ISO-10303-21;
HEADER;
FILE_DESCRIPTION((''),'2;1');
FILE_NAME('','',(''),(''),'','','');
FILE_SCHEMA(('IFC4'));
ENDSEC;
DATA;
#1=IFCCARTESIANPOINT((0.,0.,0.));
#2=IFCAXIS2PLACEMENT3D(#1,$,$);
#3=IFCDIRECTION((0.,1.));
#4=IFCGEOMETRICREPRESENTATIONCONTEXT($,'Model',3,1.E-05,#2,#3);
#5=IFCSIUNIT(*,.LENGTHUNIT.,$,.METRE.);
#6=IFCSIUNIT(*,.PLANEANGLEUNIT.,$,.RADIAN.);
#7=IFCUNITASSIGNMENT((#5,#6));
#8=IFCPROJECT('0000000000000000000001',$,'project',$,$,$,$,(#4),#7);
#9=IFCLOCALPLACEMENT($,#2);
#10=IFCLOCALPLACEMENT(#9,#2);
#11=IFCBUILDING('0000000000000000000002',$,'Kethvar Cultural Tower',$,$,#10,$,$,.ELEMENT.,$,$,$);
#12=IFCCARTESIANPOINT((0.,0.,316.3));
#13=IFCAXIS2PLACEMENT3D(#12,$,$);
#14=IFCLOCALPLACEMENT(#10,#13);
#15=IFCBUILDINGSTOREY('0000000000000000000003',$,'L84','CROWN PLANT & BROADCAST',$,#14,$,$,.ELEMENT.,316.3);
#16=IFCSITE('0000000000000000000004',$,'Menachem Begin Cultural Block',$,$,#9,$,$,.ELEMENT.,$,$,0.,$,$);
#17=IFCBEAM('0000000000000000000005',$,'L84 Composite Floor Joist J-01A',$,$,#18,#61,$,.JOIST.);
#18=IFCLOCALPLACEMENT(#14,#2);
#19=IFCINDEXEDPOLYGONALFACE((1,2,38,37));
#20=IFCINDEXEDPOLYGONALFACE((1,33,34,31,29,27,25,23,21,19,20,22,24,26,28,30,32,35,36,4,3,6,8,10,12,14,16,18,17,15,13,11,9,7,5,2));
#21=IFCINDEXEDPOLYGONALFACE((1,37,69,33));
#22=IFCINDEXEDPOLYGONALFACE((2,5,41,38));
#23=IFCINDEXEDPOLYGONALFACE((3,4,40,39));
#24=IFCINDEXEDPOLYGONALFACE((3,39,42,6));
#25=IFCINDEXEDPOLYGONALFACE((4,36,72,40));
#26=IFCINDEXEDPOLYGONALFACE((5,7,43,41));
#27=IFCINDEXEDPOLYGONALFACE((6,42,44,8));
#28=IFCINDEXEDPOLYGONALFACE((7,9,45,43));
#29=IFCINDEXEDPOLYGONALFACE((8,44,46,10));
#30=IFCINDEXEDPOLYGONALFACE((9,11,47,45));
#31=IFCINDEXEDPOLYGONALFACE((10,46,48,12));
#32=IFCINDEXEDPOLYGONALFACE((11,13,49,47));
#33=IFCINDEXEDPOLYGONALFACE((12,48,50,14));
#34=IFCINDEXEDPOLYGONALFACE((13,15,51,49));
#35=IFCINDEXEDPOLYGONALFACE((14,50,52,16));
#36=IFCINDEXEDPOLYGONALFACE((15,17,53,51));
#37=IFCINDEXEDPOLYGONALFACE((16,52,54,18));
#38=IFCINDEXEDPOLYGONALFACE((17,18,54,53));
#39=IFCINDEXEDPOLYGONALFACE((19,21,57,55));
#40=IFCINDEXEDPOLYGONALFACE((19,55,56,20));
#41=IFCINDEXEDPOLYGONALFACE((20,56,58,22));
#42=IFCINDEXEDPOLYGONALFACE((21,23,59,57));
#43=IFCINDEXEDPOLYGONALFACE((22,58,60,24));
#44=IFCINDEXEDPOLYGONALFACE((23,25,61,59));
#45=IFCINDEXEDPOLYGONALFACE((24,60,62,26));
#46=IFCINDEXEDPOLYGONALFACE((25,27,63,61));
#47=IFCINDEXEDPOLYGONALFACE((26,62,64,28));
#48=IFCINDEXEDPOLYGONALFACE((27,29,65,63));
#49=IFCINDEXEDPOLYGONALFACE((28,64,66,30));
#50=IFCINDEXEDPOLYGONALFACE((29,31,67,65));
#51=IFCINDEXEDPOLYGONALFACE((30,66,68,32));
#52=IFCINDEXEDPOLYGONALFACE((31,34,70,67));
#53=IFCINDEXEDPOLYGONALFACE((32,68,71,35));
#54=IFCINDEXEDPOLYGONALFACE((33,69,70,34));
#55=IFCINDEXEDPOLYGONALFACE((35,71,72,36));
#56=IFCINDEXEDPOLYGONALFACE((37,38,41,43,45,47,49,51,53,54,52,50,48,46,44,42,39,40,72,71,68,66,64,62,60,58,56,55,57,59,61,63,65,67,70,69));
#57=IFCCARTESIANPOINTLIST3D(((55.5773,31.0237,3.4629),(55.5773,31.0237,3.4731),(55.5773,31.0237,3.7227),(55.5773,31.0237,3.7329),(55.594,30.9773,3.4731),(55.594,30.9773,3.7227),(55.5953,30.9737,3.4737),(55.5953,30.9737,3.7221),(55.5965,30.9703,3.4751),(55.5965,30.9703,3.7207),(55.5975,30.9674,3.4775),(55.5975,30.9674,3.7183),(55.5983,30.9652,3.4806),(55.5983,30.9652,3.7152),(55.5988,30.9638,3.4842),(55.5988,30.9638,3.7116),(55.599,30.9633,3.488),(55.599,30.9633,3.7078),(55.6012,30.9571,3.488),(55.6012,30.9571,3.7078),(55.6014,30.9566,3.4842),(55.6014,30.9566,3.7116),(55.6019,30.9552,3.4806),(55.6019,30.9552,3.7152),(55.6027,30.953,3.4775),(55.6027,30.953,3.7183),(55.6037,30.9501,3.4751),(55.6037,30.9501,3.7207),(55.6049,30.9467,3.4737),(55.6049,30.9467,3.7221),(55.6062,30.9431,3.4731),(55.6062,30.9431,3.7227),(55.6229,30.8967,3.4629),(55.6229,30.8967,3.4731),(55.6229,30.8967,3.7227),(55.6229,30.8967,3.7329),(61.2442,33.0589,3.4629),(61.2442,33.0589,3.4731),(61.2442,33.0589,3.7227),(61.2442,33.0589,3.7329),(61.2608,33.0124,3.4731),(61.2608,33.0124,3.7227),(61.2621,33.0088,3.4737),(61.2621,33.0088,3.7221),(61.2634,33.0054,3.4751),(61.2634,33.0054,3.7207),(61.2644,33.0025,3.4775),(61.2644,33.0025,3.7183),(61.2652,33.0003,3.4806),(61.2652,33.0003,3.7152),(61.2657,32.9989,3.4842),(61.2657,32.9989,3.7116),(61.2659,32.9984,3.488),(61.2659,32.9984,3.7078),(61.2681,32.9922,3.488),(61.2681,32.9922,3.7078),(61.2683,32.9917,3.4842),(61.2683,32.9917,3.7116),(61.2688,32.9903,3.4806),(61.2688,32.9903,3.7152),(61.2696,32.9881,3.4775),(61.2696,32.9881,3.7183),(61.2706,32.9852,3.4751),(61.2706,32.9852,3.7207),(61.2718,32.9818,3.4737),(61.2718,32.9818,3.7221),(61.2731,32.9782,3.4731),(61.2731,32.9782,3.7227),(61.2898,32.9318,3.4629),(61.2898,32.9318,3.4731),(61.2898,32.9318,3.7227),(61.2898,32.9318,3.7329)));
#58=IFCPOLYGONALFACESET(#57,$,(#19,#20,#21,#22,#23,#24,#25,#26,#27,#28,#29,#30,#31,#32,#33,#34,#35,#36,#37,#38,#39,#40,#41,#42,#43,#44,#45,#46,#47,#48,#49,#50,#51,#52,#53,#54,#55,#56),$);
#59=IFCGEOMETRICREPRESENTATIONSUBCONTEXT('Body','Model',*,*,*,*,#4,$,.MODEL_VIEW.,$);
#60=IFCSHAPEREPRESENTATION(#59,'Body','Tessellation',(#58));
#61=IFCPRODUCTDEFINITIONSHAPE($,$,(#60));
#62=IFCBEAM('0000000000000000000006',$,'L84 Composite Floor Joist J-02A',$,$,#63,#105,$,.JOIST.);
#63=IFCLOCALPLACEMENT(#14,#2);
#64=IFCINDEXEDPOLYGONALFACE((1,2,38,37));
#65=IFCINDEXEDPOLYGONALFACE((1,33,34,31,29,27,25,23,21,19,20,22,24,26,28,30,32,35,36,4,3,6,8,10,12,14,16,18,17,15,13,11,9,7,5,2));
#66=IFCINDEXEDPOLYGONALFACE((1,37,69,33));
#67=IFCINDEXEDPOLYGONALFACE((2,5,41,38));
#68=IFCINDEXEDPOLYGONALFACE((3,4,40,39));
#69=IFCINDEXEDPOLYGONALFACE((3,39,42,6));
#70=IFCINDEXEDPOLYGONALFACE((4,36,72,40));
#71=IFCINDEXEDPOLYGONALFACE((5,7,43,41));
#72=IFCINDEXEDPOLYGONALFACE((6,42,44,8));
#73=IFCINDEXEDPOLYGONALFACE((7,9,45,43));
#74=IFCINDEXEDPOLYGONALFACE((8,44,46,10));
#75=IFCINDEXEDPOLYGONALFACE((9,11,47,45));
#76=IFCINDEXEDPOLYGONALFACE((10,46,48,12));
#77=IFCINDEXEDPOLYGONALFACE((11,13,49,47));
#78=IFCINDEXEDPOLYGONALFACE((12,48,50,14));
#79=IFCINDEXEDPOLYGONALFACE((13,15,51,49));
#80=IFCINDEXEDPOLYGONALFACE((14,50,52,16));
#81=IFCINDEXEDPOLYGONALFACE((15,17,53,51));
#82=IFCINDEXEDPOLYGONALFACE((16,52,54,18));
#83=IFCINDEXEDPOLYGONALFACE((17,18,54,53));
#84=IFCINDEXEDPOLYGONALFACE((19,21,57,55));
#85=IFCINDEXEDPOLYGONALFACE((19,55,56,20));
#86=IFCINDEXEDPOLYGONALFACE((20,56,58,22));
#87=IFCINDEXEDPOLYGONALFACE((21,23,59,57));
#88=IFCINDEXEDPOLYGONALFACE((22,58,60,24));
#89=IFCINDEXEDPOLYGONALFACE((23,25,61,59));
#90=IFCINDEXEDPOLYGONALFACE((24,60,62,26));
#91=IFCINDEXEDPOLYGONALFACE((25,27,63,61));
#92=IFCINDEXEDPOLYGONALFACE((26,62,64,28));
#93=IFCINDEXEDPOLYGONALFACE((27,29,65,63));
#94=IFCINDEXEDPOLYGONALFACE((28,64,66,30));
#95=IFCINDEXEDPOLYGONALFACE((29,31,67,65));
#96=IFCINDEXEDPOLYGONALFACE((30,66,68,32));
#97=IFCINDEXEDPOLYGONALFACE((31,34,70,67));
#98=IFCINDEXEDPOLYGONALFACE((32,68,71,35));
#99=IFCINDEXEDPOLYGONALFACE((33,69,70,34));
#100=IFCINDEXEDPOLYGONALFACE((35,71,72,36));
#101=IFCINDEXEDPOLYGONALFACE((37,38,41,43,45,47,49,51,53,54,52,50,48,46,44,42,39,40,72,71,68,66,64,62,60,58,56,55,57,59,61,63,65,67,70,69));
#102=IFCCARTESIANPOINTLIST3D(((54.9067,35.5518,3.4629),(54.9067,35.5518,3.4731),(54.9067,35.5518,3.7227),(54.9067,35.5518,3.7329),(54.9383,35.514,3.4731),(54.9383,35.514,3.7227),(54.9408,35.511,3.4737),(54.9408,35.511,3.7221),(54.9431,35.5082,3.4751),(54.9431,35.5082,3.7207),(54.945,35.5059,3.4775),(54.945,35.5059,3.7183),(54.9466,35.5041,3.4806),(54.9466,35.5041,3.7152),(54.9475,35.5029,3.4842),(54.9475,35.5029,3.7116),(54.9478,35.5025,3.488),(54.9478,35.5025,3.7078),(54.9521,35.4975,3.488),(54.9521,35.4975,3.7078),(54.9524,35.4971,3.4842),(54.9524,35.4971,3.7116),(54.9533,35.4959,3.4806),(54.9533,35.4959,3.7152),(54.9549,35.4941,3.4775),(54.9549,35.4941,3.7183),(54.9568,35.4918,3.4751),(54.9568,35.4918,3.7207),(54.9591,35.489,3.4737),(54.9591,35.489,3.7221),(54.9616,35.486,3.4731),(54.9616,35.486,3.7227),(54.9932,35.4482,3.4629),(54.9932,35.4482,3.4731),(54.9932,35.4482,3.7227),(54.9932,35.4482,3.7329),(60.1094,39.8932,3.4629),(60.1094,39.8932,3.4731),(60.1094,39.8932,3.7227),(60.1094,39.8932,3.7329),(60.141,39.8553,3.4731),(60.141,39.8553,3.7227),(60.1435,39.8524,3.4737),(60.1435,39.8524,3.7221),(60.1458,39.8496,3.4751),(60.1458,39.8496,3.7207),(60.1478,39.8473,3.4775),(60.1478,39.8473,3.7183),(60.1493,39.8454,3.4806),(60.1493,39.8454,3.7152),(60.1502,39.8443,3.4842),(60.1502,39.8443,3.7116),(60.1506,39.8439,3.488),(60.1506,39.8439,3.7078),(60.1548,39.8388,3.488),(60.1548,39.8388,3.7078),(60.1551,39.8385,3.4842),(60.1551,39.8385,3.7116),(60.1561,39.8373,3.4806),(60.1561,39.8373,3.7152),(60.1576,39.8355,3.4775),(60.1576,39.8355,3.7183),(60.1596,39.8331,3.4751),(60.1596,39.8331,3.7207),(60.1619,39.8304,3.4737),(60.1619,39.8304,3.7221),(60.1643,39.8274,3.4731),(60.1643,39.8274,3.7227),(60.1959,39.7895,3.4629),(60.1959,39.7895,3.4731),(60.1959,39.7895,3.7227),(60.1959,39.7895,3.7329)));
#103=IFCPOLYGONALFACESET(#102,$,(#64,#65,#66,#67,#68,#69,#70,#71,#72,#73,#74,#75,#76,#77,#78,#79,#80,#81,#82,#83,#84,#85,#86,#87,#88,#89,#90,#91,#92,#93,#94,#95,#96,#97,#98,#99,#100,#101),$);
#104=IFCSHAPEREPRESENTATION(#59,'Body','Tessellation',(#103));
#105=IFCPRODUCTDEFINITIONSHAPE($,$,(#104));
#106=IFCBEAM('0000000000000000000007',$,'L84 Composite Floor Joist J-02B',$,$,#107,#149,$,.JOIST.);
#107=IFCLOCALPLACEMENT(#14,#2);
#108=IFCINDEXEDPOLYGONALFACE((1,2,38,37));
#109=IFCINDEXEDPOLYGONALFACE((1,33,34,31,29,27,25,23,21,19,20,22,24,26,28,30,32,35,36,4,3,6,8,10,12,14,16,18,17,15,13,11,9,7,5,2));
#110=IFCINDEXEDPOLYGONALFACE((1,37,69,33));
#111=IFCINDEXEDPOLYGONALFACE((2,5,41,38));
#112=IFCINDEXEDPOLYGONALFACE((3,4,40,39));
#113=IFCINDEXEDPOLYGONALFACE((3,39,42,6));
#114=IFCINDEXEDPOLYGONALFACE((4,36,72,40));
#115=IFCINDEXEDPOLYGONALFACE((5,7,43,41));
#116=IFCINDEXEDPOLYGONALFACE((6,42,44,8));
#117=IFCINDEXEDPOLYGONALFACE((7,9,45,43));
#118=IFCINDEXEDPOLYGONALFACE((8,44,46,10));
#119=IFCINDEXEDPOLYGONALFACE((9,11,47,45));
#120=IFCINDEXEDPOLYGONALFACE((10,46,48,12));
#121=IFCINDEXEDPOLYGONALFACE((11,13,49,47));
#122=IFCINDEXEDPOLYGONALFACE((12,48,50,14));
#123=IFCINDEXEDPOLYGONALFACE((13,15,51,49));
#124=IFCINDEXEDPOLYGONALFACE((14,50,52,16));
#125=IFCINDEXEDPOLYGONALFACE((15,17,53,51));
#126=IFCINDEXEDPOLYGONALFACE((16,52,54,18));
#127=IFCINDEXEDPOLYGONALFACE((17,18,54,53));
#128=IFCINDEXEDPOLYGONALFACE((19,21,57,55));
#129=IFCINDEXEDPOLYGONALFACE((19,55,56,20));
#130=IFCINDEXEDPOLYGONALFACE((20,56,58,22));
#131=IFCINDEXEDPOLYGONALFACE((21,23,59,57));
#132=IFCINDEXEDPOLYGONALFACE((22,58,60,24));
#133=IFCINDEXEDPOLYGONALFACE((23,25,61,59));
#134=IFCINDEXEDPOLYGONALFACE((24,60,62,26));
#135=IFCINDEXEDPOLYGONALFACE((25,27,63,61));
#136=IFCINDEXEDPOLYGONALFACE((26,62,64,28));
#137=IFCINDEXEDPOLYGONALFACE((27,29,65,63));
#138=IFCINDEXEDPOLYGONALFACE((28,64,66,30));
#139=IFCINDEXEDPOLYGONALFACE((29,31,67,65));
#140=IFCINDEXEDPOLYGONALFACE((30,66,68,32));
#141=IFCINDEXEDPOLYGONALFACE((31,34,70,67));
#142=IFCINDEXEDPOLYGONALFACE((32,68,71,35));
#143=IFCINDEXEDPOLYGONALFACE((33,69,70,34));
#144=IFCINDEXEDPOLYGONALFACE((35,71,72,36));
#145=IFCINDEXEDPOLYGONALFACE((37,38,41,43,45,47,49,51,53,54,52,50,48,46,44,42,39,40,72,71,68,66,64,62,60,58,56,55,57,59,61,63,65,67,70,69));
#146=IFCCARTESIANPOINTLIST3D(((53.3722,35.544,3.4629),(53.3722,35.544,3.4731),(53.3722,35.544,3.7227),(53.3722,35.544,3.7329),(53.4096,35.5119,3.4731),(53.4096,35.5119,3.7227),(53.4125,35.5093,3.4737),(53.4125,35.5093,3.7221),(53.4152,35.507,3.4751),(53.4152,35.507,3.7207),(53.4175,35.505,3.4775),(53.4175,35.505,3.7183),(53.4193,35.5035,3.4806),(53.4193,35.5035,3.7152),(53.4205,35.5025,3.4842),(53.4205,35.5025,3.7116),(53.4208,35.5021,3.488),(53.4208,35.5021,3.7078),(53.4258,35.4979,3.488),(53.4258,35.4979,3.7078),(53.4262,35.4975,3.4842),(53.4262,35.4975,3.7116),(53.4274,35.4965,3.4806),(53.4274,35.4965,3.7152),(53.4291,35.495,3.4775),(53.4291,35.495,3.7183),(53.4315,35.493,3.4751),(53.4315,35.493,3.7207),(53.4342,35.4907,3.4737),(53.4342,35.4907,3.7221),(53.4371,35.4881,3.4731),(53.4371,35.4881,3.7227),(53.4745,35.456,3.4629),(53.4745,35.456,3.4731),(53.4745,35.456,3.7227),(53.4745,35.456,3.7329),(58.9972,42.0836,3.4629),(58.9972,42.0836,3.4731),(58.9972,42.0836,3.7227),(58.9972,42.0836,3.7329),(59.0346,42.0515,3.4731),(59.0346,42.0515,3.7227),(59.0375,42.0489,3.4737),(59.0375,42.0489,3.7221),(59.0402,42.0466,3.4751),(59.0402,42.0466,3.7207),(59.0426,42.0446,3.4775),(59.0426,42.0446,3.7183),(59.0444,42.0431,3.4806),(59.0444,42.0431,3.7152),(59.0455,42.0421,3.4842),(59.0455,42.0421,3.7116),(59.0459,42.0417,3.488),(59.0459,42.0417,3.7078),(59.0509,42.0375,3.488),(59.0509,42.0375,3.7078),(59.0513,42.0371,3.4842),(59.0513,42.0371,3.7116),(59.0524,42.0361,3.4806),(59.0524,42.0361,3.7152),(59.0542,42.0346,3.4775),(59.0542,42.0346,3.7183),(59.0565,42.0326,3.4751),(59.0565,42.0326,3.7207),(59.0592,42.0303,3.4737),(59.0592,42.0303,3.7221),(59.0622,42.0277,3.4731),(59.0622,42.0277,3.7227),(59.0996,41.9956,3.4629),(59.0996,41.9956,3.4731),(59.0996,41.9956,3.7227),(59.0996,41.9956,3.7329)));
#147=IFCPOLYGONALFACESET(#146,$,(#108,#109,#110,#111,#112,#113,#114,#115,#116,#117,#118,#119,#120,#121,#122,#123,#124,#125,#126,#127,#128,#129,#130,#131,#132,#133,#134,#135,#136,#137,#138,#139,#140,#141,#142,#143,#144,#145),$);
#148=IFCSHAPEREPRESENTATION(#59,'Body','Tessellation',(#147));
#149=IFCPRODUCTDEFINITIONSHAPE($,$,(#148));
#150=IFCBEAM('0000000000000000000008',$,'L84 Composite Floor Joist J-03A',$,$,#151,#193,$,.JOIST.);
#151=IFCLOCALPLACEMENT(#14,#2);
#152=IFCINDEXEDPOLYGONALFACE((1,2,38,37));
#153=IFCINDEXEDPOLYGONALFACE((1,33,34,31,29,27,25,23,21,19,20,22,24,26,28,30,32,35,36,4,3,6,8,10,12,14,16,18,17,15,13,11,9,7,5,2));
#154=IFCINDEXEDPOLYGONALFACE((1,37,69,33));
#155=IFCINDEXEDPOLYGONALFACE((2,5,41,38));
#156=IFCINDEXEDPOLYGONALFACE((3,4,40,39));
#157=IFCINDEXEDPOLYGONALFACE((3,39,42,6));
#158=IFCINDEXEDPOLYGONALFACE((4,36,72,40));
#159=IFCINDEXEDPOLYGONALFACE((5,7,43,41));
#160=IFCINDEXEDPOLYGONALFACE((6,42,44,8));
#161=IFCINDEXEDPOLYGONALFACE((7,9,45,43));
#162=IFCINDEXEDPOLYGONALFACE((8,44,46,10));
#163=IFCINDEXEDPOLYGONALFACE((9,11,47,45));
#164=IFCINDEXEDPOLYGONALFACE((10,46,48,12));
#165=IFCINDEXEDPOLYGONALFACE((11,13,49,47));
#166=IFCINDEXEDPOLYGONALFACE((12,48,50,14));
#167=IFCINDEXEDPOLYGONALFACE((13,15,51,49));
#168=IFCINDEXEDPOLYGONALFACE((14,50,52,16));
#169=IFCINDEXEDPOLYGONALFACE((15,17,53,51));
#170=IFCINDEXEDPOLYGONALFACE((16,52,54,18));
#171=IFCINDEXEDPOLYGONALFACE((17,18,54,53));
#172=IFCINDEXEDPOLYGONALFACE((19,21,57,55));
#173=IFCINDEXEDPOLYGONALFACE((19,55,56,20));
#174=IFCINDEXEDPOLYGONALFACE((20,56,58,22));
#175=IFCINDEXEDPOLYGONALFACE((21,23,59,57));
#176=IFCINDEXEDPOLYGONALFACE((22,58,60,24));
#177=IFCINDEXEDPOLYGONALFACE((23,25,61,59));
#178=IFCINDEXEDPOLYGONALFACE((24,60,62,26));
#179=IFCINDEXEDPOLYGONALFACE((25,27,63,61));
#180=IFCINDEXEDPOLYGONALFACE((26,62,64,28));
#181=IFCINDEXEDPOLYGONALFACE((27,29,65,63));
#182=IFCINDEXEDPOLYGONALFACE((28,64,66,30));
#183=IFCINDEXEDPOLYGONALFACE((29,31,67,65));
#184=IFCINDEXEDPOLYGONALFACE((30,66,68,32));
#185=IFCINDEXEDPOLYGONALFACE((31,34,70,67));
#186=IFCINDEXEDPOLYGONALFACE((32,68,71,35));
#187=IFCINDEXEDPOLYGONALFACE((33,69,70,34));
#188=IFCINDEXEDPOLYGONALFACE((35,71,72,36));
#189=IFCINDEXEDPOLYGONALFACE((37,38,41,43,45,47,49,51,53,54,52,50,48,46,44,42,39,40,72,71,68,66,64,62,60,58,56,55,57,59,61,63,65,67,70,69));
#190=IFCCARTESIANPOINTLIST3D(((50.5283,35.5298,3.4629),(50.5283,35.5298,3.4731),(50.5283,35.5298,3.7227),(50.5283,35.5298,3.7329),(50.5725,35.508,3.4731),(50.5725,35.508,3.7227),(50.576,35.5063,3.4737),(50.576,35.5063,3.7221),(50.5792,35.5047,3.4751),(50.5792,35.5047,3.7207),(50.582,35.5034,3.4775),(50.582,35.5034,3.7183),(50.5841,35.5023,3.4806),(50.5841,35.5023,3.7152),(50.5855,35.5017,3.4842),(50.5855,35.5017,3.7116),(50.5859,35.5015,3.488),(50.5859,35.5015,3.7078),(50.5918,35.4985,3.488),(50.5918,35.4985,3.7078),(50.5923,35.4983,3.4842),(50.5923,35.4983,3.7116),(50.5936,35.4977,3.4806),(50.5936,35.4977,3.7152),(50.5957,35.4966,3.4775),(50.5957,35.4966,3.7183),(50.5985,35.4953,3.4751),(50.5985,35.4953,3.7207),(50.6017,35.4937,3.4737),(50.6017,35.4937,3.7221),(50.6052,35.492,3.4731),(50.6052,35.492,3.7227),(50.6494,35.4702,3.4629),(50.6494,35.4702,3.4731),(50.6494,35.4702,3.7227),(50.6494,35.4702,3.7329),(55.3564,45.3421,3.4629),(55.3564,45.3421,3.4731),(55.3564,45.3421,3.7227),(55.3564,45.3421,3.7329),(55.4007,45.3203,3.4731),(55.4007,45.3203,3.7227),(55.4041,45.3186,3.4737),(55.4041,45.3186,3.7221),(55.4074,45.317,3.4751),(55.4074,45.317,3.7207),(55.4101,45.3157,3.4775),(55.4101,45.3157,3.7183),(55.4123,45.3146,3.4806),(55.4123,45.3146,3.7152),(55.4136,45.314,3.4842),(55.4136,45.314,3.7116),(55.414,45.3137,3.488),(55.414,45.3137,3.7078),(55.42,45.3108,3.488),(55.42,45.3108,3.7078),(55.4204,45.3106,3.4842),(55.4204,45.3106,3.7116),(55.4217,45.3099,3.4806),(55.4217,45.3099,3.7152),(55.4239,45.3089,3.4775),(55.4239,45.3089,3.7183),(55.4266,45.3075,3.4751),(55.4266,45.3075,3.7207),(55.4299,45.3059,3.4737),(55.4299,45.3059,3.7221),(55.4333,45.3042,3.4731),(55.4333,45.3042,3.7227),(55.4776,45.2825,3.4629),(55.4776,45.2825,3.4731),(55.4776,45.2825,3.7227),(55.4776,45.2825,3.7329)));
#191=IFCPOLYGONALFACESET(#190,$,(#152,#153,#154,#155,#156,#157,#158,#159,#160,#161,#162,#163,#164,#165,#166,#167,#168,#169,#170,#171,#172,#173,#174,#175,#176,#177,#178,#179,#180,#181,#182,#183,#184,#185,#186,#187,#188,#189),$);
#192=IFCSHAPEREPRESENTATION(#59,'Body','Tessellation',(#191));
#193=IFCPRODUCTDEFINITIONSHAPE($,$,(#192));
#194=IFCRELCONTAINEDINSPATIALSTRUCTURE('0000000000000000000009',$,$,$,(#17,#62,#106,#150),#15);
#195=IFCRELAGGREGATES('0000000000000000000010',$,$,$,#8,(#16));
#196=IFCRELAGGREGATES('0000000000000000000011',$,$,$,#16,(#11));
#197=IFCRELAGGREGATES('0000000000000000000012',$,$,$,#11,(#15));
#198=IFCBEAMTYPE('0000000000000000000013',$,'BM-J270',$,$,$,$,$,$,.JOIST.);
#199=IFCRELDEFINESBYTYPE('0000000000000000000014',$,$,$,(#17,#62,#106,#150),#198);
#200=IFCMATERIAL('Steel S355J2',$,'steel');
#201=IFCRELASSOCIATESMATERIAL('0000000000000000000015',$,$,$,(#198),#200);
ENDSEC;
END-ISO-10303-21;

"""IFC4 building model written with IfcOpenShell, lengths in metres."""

from ifc_helpers import new_model, si_unit, direction, frame, origin, origin_2d, place, context, subcontext, project, spatial, i_section, extrude, source, transform, mapped, material, material_profile, profile_set, type_object, element, save


model = new_model("IFC4")

# Units and contexts
model_context = context("Model", 3, precision=1e-05, world=origin(), true_north=direction((0.0, 1.0)))
body_context = subcontext(model_context, "Body", "Model", "MODEL_VIEW")
ifc_project = project(units=[si_unit("LENGTHUNIT", "METRE"), si_unit("PLANEANGLEUNIT", "RADIAN")], contexts=[model_context])

# Site, building, storey
site_placement = place(None, origin())
site = spatial("IfcSite", under=ifc_project, at=site_placement, Name="Menachem Begin Cultural Block", CompositionType="ELEMENT", RefElevation=0.0)
building_placement = place(site_placement, origin())
building = spatial("IfcBuilding", under=site, at=building_placement, Name="Kethvar Cultural Tower", CompositionType="ELEMENT")
storey_placement = place(building_placement, frame((0.0, 0.0, 316.3)))
storey = spatial("IfcBuildingStorey", under=building, at=storey_placement, Name="L84", Description="CROWN PLANT & BROADCAST", CompositionType="ELEMENT", Elevation=316.3)

# Beams
ifc_material_1 = material(Name="Steel S355J2", Category="steel")
ifc_material_profile_1 = material_profile(ifc_material_1, i_section(OverallWidth=0.135, OverallDepth=0.27, WebThickness=0.0066, FlangeThickness=0.0103, FilletRadius=0.0149, at=origin_2d()), Name="Steel S355J2 — IPE270")
ifc_profile_set_1 = profile_set([ifc_material_profile_1], Name="Steel S355J2 — IPE270")
beam_type_1 = type_object("IfcBeamType", Name="BM-J270", PredefinedType="JOIST", material=ifc_profile_set_1)
shared_shape_1 = source(origin(), body_context, "Body", "SweptSolid", [
    extrude(i_section(OverallWidth=0.135, OverallDepth=0.27, WebThickness=0.0066, FlangeThickness=0.0103, FilletRadius=0.0149, at=origin_2d()), origin(), (0.0, 0.0, 1.0), 6.0212),
])
beam_1_placement = place(storey_placement, frame((55.6001, 30.9602, 3.5979), z_axis=(0.94115, 0.33799, 0.0), x_axis=(-0.33799, 0.94115, 0.0)))
element("IfcBeam", 1, at=beam_1_placement, inside=storey, type_object=beam_type_1, Name="L84 Composite Floor Joist J-01A", PredefinedType="JOIST", context=body_context, shape_type="MappedRepresentation", body=[
    mapped(shared_shape_1, transform((0.0, 0.0, 0.0), scale=1.0)),
])
shared_shape_2 = source(origin(), body_context, "Body", "SweptSolid", [
    extrude(i_section(OverallWidth=0.135, OverallDepth=0.27, WebThickness=0.0066, FlangeThickness=0.0103, FilletRadius=0.0149, at=origin_2d()), origin(), (0.0, 0.0, 1.0), 6.7761),
])
beam_2_placement = place(storey_placement, frame((54.95, 35.5, 3.5979), z_axis=(0.767802, 0.640688, 0.0), x_axis=(-0.640688, 0.767802, 0.0)))
element("IfcBeam", 2, at=beam_2_placement, inside=storey, type_object=beam_type_1, Name="L84 Composite Floor Joist J-02A", PredefinedType="JOIST", context=body_context, shape_type="MappedRepresentation", body=[
    mapped(shared_shape_2, transform((0.0, 0.0, 0.0), scale=1.0)),
])
shared_shape_3 = source(origin(), body_context, "Body", "SweptSolid", [
    extrude(i_section(OverallWidth=0.135, OverallDepth=0.27, WebThickness=0.0066, FlangeThickness=0.0103, FilletRadius=0.0149, at=origin_2d()), origin(), (0.0, 0.0, 1.0), 8.626),
])
beam_3_placement = place(storey_placement, frame((53.4233, 35.5, 3.5979), z_axis=(0.652105, 0.758129, 0.0), x_axis=(-0.758129, 0.652105, 0.0)))
element("IfcBeam", 3, at=beam_3_placement, inside=storey, type_object=beam_type_1, Name="L84 Composite Floor Joist J-02B", PredefinedType="JOIST", context=body_context, shape_type="MappedRepresentation", body=[
    mapped(shared_shape_3, transform((0.0, 0.0, 0.0), scale=1.0)),
])
shared_shape_4 = source(origin(), body_context, "Body", "SweptSolid", [
    extrude(i_section(OverallWidth=0.135, OverallDepth=0.27, WebThickness=0.0066, FlangeThickness=0.0103, FilletRadius=0.0149, at=origin_2d()), origin(), (0.0, 0.0, 1.0), 10.9358),
])
beam_4_placement = place(storey_placement, frame((50.5889, 35.5, 3.5979), z_axis=(0.441498, 0.897262, 0.0), x_axis=(-0.897262, 0.441498, 0.0)))
element("IfcBeam", 4, at=beam_4_placement, inside=storey, type_object=beam_type_1, Name="L84 Composite Floor Joist J-03A", PredefinedType="JOIST", context=body_context, shape_type="MappedRepresentation", body=[
    mapped(shared_shape_4, transform((0.0, 0.0, 0.0), scale=1.0)),
])

save(model, "model.ifc")
